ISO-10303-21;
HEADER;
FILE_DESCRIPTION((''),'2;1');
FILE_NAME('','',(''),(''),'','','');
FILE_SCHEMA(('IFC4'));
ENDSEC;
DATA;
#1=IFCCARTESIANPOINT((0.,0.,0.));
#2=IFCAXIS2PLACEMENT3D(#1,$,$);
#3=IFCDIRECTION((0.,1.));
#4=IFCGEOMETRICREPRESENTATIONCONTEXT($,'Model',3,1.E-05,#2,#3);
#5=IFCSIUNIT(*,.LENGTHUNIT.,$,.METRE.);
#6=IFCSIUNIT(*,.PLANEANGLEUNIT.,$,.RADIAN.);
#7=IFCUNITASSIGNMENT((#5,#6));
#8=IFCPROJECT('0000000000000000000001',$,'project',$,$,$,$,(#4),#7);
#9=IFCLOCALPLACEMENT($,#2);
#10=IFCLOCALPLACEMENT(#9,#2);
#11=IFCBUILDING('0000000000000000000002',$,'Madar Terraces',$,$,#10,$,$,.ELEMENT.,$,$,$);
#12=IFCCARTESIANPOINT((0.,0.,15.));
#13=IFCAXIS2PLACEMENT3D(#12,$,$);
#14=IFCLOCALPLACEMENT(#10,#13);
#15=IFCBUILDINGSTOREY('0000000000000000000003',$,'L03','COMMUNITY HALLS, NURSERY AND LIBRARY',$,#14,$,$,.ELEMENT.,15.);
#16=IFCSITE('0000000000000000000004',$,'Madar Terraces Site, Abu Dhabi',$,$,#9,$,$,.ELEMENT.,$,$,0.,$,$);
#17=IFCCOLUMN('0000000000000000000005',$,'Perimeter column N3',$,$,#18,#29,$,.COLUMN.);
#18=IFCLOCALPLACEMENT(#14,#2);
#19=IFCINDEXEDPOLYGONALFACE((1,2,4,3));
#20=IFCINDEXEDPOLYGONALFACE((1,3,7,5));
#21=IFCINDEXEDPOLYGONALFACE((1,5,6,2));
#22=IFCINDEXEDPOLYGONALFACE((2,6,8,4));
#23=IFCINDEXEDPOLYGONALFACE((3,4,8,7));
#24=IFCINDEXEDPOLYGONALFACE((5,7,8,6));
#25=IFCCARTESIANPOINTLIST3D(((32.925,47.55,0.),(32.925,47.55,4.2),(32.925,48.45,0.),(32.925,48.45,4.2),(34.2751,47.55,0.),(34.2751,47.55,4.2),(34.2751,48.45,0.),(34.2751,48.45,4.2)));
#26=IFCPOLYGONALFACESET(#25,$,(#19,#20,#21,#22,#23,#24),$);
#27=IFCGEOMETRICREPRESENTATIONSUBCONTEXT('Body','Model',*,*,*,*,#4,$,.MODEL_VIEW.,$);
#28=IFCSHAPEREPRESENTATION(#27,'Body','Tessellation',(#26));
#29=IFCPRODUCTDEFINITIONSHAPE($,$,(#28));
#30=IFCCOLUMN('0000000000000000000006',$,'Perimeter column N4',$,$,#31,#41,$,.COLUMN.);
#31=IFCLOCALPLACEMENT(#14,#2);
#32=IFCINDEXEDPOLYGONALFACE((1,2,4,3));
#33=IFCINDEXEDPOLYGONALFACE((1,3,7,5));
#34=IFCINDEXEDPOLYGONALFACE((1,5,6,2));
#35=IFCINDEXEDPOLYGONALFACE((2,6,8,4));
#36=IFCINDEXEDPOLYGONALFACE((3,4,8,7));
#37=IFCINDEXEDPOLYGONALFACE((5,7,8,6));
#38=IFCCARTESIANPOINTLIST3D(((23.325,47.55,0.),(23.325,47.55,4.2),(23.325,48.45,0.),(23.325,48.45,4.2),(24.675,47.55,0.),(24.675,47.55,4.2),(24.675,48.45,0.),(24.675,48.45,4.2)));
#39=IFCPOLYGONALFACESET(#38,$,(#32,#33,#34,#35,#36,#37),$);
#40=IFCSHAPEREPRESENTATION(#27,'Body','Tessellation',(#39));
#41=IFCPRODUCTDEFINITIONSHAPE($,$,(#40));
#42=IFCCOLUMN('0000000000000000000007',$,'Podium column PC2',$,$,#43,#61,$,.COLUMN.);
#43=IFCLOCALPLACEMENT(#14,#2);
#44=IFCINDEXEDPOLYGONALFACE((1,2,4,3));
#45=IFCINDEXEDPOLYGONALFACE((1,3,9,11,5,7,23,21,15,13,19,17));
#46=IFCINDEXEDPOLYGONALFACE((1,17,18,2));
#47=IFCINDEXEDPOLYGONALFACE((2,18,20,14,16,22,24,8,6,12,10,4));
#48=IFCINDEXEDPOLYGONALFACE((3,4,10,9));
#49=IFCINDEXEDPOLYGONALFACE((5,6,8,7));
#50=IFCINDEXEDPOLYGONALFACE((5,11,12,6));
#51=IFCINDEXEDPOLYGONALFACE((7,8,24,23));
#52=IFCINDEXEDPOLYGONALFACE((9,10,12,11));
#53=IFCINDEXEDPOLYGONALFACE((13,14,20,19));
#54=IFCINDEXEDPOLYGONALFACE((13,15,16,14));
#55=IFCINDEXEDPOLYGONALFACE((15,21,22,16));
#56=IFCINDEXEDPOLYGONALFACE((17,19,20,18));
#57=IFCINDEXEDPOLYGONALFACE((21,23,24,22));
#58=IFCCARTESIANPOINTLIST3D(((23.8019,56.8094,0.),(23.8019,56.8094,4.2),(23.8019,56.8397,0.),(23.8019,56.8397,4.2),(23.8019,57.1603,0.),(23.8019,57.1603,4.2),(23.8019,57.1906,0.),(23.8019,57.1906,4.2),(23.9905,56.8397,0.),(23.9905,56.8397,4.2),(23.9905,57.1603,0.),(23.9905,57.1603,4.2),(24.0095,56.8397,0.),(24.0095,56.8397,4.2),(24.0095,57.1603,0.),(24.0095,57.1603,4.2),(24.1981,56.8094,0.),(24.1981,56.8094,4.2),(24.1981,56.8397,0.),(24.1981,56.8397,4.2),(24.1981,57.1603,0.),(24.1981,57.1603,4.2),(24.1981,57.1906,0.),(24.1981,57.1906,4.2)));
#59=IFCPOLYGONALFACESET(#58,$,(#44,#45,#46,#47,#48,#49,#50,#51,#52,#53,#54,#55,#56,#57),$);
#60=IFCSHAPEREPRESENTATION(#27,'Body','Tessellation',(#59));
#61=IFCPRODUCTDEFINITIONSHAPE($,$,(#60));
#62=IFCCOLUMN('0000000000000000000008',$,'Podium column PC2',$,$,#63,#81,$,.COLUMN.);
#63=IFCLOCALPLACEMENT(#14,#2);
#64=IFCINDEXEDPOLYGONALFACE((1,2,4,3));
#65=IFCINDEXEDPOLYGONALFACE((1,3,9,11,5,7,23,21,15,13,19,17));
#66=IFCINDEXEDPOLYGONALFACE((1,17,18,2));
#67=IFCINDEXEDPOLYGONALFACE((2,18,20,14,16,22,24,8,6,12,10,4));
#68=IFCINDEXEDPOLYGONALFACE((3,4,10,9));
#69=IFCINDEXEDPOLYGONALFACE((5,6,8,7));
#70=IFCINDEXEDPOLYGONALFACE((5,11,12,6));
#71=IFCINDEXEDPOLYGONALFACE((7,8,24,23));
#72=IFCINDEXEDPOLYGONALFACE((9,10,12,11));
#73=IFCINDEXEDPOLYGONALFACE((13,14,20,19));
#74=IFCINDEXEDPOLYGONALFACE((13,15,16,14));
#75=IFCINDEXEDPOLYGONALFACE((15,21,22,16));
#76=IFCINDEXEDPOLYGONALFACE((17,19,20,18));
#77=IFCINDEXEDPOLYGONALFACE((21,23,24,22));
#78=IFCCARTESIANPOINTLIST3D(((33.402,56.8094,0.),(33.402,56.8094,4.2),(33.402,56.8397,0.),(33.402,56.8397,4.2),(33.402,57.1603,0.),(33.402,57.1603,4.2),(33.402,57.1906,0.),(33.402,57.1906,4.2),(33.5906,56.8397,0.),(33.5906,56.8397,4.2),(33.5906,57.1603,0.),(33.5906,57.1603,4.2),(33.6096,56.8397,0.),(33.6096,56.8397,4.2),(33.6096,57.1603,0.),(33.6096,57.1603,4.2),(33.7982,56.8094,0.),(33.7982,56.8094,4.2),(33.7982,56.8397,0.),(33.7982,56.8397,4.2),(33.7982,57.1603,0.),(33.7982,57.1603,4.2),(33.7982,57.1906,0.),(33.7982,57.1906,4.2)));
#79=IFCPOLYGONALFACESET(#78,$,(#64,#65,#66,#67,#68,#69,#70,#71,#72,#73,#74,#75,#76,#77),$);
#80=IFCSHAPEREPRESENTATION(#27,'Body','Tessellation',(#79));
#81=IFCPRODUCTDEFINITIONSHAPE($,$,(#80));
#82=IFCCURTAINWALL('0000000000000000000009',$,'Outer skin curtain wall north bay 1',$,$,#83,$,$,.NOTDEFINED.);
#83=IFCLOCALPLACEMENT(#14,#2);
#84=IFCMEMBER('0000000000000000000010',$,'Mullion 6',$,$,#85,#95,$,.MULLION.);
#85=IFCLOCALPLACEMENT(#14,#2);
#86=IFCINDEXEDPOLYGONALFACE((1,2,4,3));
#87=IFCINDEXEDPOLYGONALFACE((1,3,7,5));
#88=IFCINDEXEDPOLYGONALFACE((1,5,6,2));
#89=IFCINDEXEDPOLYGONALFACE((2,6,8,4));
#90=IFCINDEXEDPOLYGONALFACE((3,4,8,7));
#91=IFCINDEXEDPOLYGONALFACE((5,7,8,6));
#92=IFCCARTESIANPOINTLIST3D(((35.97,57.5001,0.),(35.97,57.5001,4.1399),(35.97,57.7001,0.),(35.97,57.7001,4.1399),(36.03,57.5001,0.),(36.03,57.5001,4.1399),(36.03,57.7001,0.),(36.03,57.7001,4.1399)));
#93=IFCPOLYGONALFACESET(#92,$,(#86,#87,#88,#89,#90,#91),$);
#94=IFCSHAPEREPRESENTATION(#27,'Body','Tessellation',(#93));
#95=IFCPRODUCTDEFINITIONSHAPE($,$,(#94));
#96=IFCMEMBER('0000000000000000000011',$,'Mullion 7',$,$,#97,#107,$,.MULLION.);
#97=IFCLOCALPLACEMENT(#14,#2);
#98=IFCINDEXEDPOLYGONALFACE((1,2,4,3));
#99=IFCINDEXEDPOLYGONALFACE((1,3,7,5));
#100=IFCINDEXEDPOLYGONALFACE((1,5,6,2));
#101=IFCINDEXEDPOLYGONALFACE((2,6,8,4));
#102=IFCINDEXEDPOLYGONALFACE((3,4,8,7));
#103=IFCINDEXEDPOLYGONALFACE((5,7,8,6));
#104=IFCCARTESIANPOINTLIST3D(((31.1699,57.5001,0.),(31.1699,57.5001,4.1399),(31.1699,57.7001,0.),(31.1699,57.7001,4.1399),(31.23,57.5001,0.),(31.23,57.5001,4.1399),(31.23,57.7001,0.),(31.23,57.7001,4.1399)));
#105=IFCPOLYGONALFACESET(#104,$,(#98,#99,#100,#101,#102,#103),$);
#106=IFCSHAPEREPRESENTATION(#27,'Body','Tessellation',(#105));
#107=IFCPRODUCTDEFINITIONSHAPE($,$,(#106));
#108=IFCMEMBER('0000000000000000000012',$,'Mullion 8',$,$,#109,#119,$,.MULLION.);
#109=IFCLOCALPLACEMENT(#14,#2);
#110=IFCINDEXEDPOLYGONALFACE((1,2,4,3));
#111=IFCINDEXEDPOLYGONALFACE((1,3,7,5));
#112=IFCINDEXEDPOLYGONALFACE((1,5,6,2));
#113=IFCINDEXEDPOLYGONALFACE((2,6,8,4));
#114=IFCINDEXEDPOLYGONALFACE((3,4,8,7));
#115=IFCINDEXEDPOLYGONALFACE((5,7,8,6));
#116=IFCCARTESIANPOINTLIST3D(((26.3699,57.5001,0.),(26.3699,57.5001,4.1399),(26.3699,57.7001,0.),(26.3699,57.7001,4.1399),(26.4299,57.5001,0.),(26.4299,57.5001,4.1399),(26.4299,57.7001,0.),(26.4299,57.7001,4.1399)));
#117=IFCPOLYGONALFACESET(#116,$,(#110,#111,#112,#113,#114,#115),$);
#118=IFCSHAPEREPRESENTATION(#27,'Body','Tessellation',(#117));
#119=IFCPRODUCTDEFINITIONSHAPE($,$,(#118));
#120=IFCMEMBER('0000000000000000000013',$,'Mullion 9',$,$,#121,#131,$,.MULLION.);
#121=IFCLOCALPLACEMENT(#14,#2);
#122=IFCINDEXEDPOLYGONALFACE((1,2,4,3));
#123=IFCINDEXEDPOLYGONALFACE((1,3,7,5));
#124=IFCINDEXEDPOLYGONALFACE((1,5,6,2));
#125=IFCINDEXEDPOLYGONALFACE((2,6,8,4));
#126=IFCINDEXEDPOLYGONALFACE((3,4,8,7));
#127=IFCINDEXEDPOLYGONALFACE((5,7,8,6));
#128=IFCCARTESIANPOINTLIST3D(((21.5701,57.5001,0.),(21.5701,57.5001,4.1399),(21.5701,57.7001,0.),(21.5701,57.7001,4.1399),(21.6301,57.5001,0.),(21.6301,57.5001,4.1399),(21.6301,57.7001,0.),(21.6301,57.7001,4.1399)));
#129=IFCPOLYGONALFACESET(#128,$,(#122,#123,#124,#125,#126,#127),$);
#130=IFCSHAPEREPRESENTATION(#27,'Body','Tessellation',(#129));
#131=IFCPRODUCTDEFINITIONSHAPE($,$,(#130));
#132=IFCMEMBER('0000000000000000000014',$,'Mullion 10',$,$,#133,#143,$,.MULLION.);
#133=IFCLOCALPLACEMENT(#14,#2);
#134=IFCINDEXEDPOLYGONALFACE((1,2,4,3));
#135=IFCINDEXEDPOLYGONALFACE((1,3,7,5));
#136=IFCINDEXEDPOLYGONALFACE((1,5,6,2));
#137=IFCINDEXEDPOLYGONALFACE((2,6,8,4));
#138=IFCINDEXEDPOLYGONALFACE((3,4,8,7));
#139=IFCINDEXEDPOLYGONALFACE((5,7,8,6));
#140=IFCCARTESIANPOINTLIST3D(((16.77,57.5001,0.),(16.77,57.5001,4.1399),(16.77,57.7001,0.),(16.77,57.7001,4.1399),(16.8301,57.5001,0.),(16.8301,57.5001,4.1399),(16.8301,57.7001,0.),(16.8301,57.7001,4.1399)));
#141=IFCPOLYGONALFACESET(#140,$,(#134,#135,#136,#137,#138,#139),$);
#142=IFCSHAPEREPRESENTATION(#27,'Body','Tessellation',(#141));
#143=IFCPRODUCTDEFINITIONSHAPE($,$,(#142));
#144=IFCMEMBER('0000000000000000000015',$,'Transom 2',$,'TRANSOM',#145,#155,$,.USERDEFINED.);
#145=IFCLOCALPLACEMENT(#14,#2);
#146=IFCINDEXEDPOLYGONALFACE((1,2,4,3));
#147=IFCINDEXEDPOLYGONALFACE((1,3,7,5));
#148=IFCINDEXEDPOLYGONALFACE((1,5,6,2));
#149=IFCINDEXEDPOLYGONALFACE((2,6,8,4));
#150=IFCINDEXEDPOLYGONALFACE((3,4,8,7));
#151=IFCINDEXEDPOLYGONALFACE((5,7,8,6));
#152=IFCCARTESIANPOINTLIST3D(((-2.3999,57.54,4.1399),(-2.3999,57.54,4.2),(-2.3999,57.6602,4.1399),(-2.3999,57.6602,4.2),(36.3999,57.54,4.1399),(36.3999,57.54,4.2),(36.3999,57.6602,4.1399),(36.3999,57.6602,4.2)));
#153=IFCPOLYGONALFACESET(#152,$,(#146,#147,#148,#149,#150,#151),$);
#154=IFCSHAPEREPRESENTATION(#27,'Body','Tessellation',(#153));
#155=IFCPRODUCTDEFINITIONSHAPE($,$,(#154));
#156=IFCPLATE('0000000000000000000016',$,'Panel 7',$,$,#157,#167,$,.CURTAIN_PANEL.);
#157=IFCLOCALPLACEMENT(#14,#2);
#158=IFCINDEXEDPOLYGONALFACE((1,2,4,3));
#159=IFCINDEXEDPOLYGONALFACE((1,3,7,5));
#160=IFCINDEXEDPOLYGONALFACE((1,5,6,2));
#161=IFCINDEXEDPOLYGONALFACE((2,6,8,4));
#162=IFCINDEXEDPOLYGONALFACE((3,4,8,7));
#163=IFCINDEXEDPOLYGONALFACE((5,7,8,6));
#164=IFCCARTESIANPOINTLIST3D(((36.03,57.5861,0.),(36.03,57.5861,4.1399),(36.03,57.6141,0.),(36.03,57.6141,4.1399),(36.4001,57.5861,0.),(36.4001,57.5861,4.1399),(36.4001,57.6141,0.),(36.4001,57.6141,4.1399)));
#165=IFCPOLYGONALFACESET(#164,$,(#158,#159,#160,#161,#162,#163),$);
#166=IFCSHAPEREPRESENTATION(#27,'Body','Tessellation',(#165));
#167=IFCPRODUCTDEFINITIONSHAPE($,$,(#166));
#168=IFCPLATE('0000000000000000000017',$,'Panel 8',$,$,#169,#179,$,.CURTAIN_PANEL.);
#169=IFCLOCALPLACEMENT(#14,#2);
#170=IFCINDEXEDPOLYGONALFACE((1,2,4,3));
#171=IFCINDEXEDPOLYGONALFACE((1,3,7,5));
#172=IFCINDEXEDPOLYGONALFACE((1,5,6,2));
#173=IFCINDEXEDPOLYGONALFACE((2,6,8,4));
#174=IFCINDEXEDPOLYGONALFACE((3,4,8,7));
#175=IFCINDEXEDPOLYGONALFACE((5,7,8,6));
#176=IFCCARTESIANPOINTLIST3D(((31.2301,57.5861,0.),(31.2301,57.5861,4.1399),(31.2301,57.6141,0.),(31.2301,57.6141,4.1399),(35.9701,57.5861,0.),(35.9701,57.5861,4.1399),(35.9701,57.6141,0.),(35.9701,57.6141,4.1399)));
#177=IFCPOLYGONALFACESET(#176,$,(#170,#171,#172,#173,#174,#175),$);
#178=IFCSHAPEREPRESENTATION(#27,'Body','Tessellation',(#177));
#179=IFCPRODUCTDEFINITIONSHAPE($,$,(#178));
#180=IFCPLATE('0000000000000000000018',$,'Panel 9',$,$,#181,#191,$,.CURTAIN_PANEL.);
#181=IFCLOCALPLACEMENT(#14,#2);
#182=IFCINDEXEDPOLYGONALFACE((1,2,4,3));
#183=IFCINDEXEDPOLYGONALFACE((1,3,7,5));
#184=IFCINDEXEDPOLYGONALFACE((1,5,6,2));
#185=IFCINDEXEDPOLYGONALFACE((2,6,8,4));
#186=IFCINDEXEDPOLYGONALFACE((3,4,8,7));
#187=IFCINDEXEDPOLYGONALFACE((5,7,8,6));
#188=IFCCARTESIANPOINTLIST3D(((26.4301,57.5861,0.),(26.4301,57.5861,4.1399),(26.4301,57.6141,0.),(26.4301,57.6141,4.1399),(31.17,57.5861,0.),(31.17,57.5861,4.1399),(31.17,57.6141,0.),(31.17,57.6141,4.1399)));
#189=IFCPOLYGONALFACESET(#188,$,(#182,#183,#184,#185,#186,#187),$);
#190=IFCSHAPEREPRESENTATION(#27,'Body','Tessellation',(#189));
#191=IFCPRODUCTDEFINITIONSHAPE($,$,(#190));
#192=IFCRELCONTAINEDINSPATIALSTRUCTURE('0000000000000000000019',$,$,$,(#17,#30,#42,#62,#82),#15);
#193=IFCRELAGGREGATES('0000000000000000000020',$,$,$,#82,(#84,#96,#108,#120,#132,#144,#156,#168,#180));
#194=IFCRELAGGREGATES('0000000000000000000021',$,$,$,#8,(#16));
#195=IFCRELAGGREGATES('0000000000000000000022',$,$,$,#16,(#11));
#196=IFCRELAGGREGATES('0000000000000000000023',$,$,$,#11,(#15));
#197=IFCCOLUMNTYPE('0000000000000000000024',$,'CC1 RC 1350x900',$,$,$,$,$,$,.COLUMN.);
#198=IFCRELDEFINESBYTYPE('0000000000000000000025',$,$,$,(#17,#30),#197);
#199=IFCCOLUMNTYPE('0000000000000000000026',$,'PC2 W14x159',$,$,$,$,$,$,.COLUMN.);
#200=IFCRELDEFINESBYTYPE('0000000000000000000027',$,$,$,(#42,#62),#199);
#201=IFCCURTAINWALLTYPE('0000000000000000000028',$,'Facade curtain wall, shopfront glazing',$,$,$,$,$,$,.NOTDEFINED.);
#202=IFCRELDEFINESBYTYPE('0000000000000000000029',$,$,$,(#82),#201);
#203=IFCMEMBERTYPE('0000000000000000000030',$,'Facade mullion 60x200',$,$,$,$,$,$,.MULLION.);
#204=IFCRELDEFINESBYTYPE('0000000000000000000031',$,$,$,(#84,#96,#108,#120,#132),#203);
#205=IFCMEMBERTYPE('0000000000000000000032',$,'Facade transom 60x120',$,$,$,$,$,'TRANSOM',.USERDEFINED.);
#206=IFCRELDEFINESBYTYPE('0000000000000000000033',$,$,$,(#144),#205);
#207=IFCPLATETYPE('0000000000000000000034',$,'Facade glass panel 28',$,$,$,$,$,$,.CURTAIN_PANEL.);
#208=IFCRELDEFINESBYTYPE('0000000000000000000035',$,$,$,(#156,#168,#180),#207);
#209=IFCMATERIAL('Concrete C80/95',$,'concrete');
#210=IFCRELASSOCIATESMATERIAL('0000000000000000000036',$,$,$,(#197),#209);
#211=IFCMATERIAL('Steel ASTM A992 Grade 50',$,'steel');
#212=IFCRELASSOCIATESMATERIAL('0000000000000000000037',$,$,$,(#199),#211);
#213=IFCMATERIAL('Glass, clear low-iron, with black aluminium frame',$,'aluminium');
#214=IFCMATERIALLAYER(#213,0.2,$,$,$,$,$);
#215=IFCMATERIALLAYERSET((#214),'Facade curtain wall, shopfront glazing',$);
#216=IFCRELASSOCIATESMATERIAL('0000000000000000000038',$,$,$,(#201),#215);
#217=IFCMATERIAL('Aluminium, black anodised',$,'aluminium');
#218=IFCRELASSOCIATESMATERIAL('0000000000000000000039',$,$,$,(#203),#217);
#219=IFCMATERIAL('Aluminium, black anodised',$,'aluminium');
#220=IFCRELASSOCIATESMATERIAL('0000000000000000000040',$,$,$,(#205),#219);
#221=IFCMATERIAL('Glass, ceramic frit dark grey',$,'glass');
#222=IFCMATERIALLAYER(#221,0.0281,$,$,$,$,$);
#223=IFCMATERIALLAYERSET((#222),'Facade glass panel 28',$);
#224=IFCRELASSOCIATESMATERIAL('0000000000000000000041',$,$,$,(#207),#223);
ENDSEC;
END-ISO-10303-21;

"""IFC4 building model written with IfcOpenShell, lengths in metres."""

from ifc_helpers import new_model, si_unit, direction, frame, origin, origin_2d, place, context, subcontext, project, spatial, rectangle, i_section, extrude, material, layer, layer_set, material_profile, profile_set, type_object, element, aggregate, save


model = new_model("IFC4")

# Units and contexts
model_context = context("Model", 3, precision=1e-05, world=origin(), true_north=direction((0.0, 1.0)))
body_context = subcontext(model_context, "Body", "Model", "MODEL_VIEW")
ifc_project = project(units=[si_unit("LENGTHUNIT", "METRE"), si_unit("PLANEANGLEUNIT", "RADIAN")], contexts=[model_context])

# Site, building, storey
site_placement = place(None, origin())
site = spatial("IfcSite", under=ifc_project, at=site_placement, Name="Madar Terraces Site, Abu Dhabi", CompositionType="ELEMENT", RefElevation=0.0)
building_placement = place(site_placement, origin())
building = spatial("IfcBuilding", under=site, at=building_placement, Name="Madar Terraces", CompositionType="ELEMENT")
storey_placement = place(building_placement, frame((0.0, 0.0, 15.0)))
storey = spatial("IfcBuildingStorey", under=building, at=storey_placement, Name="L03", Description="COMMUNITY HALLS, NURSERY AND LIBRARY", CompositionType="ELEMENT", Elevation=15.0)

# Columns
ifc_material_1 = material(Name="Concrete C80/95", Category="concrete")
ifc_material_profile_1 = material_profile(ifc_material_1, rectangle(XDim=1.3501, YDim=0.8999, at=origin_2d()), Name="CC1 RC 1350x900")
ifc_profile_set_1 = profile_set([ifc_material_profile_1], Name="Concrete C80/95")
column_type_1 = type_object("IfcColumnType", Name="CC1 RC 1350x900", PredefinedType="COLUMN", material=ifc_profile_set_1)
for number, where, z_axis, x_axis, name in (
    (1, (33.6001, 48.0, 0.0), (0.0, 0.0, 1.0), (1.0, 0.0, 0.0), "Perimeter column N3"),
    (2, (24.0, 48.0, 0.0), (0.0, 0.0, 1.0), (1.0, 0.0, 0.0), "Perimeter column N4"),
):
    element("IfcColumn", number, at=place(storey_placement, frame(where, z_axis=z_axis, x_axis=x_axis)), inside=storey, type_object=column_type_1, Name=name, PredefinedType="COLUMN", context=body_context, shape_type="SweptSolid", body=[
        extrude(rectangle(XDim=1.3501, YDim=0.8999, at=origin_2d()), origin(), (0.0, 0.0, 1.0), 4.2),
    ])
ifc_material_2 = material(Name="Steel ASTM A992 Grade 50", Category="steel")
ifc_material_profile_2 = material_profile(ifc_material_2, i_section(OverallWidth=0.3962, OverallDepth=0.3811, WebThickness=0.019, FlangeThickness=0.0303, at=origin_2d()), Name="W14x159")
ifc_profile_set_2 = profile_set([ifc_material_profile_2], Name="Steel ASTM A992 Grade 50")
column_type_2 = type_object("IfcColumnType", Name="PC2 W14x159", PredefinedType="COLUMN", material=ifc_profile_set_2)
for number, where, z_axis, x_axis, name in (
    (3, (24.0, 57.0, 0.0), (0.0, 0.0, 1.0), (1.0, 0.0, 0.0), "Podium column PC2"),
    (4, (33.6001, 57.0, 0.0), (0.0, 0.0, 1.0), (1.0, 0.0, 0.0), "Podium column PC2"),
):
    element("IfcColumn", number, at=place(storey_placement, frame(where, z_axis=z_axis, x_axis=x_axis)), inside=storey, type_object=column_type_2, Name=name, PredefinedType="COLUMN", context=body_context, shape_type="SweptSolid", body=[
        extrude(i_section(OverallWidth=0.3962, OverallDepth=0.3811, WebThickness=0.019, FlangeThickness=0.0303, at=origin_2d()), origin(), (0.0, 0.0, 1.0), 4.2),
    ])

# Curtain wall, members, plates
ifc_material_3 = material(Name="Glass, clear low-iron, with black aluminium frame", Category="aluminium")
ifc_layer_1 = layer(ifc_material_3, 0.2)
ifc_layer_set_1 = layer_set([ifc_layer_1], Name="Facade curtain wall, shopfront glazing")
curtain_wall_type = type_object("IfcCurtainWallType", Name="Facade curtain wall, shopfront glazing", PredefinedType="NOTDEFINED", material=ifc_layer_set_1)
curtain_wall_placement = place(storey_placement, origin())
curtain_wall = element("IfcCurtainWall", 5, at=curtain_wall_placement, inside=storey, type_object=curtain_wall_type, Name="Outer skin curtain wall north bay 1", PredefinedType="NOTDEFINED")
ifc_material_4 = material(Name="Aluminium, black anodised", Category="aluminium")
ifc_material_profile_3 = material_profile(ifc_material_4, rectangle(XDim=0.2, YDim=0.0601, at=origin_2d()), Name="Facade mullion 60x200")
ifc_profile_set_3 = profile_set([ifc_material_profile_3], Name="Aluminium, black anodised")
member_type_1 = type_object("IfcMemberType", Name="Facade mullion 60x200", PredefinedType="MULLION", material=ifc_profile_set_3)
member_1_placement = place(storey_placement, frame((36.0, 57.6001, 0.0), z_axis=(0.0, 0.0, 1.0), x_axis=(0.0, -1.0, 0.0)))
member_1 = element("IfcMember", 6, at=member_1_placement, type_object=member_type_1, Name="Mullion 6", PredefinedType="MULLION", context=body_context, shape_type="SweptSolid", body=[
    extrude(rectangle(XDim=0.2, YDim=0.0601, at=origin_2d()), origin(), (0.0, 0.0, 1.0), 4.1399),
])
member_2_placement = place(storey_placement, frame((31.2, 57.6001, 0.0), z_axis=(0.0, 0.0, 1.0), x_axis=(0.0, -1.0, 0.0)))
member_2 = element("IfcMember", 7, at=member_2_placement, type_object=member_type_1, Name="Mullion 7", PredefinedType="MULLION", context=body_context, shape_type="SweptSolid", body=[
    extrude(rectangle(XDim=0.2, YDim=0.0601, at=origin_2d()), origin(), (0.0, 0.0, 1.0), 4.1399),
])
member_3_placement = place(storey_placement, frame((26.3999, 57.6001, 0.0), z_axis=(0.0, 0.0, 1.0), x_axis=(0.0, -1.0, 0.0)))
member_3 = element("IfcMember", 8, at=member_3_placement, type_object=member_type_1, Name="Mullion 8", PredefinedType="MULLION", context=body_context, shape_type="SweptSolid", body=[
    extrude(rectangle(XDim=0.2, YDim=0.0601, at=origin_2d()), origin(), (0.0, 0.0, 1.0), 4.1399),
])
member_4_placement = place(storey_placement, frame((21.6001, 57.6001, 0.0), z_axis=(0.0, 0.0, 1.0), x_axis=(0.0, -1.0, 0.0)))
member_4 = element("IfcMember", 9, at=member_4_placement, type_object=member_type_1, Name="Mullion 9", PredefinedType="MULLION", context=body_context, shape_type="SweptSolid", body=[
    extrude(rectangle(XDim=0.2, YDim=0.0601, at=origin_2d()), origin(), (0.0, 0.0, 1.0), 4.1399),
])
member_5_placement = place(storey_placement, frame((16.8, 57.6001, 0.0), z_axis=(0.0, 0.0, 1.0), x_axis=(0.0, -1.0, 0.0)))
member_5 = element("IfcMember", 10, at=member_5_placement, type_object=member_type_1, Name="Mullion 10", PredefinedType="MULLION", context=body_context, shape_type="SweptSolid", body=[
    extrude(rectangle(XDim=0.2, YDim=0.0601, at=origin_2d()), origin(), (0.0, 0.0, 1.0), 4.1399),
])
ifc_material_5 = material(Name="Aluminium, black anodised", Category="aluminium")
ifc_material_profile_4 = material_profile(ifc_material_5, rectangle(XDim=0.1201, YDim=0.0601, at=origin_2d()), Name="Facade transom 60x120")
ifc_profile_set_4 = profile_set([ifc_material_profile_4], Name="Aluminium, black anodised")
member_type_2 = type_object("IfcMemberType", Name="Facade transom 60x120", ElementType="TRANSOM", PredefinedType="USERDEFINED", material=ifc_profile_set_4)
member_6_placement = place(storey_placement, frame((36.3999, 57.6001, 4.1699), z_axis=(-1.0, 0.0, 0.0), x_axis=(0.0, -1.0, 0.0)))
member_6 = element("IfcMember", 11, at=member_6_placement, type_object=member_type_2, Name="Transom 2", ObjectType="TRANSOM", PredefinedType="USERDEFINED", context=body_context, shape_type="SweptSolid", body=[
    extrude(rectangle(XDim=0.1201, YDim=0.0601, at=origin_2d()), origin(), (0.0, 0.0, 1.0), 38.7998),
])
ifc_material_6 = material(Name="Glass, ceramic frit dark grey", Category="glass")
ifc_layer_2 = layer(ifc_material_6, 0.0281)
ifc_layer_set_2 = layer_set([ifc_layer_2], Name="Facade glass panel 28")
plate_type = type_object("IfcPlateType", Name="Facade glass panel 28", PredefinedType="CURTAIN_PANEL", material=ifc_layer_set_2)
plate_1_placement = place(storey_placement, frame((36.2151, 57.6001, 0.0), z_axis=(0.0, 0.0, 1.0), x_axis=(-1.0, 0.0, 0.0)))
plate_1 = element("IfcPlate", 12, at=plate_1_placement, type_object=plate_type, Name="Panel 7", PredefinedType="CURTAIN_PANEL", context=body_context, shape_type="SweptSolid", body=[
    extrude(rectangle(XDim=0.3701, YDim=0.0281, at=origin_2d()), origin(), (0.0, 0.0, 1.0), 4.1399),
])
plate_2_placement = place(storey_placement, frame((33.6001, 57.6001, 0.0), z_axis=(0.0, 0.0, 1.0), x_axis=(-1.0, 0.0, 0.0)))
plate_2 = element("IfcPlate", 13, at=plate_2_placement, type_object=plate_type, Name="Panel 8", PredefinedType="CURTAIN_PANEL", context=body_context, shape_type="SweptSolid", body=[
    extrude(rectangle(XDim=4.74, YDim=0.0281, at=origin_2d()), origin(), (0.0, 0.0, 1.0), 4.1399),
])
plate_3_placement = place(storey_placement, frame((28.8, 57.6001, 0.0), z_axis=(0.0, 0.0, 1.0), x_axis=(-1.0, 0.0, 0.0)))
plate_3 = element("IfcPlate", 14, at=plate_3_placement, type_object=plate_type, Name="Panel 9", PredefinedType="CURTAIN_PANEL", context=body_context, shape_type="SweptSolid", body=[
    extrude(rectangle(XDim=4.74, YDim=0.0281, at=origin_2d()), origin(), (0.0, 0.0, 1.0), 4.1399),
])
aggregate(curtain_wall, [member_1, member_2, member_3, member_4, member_5, member_6, plate_1, plate_2, plate_3])

save(model, "model.ifc")
